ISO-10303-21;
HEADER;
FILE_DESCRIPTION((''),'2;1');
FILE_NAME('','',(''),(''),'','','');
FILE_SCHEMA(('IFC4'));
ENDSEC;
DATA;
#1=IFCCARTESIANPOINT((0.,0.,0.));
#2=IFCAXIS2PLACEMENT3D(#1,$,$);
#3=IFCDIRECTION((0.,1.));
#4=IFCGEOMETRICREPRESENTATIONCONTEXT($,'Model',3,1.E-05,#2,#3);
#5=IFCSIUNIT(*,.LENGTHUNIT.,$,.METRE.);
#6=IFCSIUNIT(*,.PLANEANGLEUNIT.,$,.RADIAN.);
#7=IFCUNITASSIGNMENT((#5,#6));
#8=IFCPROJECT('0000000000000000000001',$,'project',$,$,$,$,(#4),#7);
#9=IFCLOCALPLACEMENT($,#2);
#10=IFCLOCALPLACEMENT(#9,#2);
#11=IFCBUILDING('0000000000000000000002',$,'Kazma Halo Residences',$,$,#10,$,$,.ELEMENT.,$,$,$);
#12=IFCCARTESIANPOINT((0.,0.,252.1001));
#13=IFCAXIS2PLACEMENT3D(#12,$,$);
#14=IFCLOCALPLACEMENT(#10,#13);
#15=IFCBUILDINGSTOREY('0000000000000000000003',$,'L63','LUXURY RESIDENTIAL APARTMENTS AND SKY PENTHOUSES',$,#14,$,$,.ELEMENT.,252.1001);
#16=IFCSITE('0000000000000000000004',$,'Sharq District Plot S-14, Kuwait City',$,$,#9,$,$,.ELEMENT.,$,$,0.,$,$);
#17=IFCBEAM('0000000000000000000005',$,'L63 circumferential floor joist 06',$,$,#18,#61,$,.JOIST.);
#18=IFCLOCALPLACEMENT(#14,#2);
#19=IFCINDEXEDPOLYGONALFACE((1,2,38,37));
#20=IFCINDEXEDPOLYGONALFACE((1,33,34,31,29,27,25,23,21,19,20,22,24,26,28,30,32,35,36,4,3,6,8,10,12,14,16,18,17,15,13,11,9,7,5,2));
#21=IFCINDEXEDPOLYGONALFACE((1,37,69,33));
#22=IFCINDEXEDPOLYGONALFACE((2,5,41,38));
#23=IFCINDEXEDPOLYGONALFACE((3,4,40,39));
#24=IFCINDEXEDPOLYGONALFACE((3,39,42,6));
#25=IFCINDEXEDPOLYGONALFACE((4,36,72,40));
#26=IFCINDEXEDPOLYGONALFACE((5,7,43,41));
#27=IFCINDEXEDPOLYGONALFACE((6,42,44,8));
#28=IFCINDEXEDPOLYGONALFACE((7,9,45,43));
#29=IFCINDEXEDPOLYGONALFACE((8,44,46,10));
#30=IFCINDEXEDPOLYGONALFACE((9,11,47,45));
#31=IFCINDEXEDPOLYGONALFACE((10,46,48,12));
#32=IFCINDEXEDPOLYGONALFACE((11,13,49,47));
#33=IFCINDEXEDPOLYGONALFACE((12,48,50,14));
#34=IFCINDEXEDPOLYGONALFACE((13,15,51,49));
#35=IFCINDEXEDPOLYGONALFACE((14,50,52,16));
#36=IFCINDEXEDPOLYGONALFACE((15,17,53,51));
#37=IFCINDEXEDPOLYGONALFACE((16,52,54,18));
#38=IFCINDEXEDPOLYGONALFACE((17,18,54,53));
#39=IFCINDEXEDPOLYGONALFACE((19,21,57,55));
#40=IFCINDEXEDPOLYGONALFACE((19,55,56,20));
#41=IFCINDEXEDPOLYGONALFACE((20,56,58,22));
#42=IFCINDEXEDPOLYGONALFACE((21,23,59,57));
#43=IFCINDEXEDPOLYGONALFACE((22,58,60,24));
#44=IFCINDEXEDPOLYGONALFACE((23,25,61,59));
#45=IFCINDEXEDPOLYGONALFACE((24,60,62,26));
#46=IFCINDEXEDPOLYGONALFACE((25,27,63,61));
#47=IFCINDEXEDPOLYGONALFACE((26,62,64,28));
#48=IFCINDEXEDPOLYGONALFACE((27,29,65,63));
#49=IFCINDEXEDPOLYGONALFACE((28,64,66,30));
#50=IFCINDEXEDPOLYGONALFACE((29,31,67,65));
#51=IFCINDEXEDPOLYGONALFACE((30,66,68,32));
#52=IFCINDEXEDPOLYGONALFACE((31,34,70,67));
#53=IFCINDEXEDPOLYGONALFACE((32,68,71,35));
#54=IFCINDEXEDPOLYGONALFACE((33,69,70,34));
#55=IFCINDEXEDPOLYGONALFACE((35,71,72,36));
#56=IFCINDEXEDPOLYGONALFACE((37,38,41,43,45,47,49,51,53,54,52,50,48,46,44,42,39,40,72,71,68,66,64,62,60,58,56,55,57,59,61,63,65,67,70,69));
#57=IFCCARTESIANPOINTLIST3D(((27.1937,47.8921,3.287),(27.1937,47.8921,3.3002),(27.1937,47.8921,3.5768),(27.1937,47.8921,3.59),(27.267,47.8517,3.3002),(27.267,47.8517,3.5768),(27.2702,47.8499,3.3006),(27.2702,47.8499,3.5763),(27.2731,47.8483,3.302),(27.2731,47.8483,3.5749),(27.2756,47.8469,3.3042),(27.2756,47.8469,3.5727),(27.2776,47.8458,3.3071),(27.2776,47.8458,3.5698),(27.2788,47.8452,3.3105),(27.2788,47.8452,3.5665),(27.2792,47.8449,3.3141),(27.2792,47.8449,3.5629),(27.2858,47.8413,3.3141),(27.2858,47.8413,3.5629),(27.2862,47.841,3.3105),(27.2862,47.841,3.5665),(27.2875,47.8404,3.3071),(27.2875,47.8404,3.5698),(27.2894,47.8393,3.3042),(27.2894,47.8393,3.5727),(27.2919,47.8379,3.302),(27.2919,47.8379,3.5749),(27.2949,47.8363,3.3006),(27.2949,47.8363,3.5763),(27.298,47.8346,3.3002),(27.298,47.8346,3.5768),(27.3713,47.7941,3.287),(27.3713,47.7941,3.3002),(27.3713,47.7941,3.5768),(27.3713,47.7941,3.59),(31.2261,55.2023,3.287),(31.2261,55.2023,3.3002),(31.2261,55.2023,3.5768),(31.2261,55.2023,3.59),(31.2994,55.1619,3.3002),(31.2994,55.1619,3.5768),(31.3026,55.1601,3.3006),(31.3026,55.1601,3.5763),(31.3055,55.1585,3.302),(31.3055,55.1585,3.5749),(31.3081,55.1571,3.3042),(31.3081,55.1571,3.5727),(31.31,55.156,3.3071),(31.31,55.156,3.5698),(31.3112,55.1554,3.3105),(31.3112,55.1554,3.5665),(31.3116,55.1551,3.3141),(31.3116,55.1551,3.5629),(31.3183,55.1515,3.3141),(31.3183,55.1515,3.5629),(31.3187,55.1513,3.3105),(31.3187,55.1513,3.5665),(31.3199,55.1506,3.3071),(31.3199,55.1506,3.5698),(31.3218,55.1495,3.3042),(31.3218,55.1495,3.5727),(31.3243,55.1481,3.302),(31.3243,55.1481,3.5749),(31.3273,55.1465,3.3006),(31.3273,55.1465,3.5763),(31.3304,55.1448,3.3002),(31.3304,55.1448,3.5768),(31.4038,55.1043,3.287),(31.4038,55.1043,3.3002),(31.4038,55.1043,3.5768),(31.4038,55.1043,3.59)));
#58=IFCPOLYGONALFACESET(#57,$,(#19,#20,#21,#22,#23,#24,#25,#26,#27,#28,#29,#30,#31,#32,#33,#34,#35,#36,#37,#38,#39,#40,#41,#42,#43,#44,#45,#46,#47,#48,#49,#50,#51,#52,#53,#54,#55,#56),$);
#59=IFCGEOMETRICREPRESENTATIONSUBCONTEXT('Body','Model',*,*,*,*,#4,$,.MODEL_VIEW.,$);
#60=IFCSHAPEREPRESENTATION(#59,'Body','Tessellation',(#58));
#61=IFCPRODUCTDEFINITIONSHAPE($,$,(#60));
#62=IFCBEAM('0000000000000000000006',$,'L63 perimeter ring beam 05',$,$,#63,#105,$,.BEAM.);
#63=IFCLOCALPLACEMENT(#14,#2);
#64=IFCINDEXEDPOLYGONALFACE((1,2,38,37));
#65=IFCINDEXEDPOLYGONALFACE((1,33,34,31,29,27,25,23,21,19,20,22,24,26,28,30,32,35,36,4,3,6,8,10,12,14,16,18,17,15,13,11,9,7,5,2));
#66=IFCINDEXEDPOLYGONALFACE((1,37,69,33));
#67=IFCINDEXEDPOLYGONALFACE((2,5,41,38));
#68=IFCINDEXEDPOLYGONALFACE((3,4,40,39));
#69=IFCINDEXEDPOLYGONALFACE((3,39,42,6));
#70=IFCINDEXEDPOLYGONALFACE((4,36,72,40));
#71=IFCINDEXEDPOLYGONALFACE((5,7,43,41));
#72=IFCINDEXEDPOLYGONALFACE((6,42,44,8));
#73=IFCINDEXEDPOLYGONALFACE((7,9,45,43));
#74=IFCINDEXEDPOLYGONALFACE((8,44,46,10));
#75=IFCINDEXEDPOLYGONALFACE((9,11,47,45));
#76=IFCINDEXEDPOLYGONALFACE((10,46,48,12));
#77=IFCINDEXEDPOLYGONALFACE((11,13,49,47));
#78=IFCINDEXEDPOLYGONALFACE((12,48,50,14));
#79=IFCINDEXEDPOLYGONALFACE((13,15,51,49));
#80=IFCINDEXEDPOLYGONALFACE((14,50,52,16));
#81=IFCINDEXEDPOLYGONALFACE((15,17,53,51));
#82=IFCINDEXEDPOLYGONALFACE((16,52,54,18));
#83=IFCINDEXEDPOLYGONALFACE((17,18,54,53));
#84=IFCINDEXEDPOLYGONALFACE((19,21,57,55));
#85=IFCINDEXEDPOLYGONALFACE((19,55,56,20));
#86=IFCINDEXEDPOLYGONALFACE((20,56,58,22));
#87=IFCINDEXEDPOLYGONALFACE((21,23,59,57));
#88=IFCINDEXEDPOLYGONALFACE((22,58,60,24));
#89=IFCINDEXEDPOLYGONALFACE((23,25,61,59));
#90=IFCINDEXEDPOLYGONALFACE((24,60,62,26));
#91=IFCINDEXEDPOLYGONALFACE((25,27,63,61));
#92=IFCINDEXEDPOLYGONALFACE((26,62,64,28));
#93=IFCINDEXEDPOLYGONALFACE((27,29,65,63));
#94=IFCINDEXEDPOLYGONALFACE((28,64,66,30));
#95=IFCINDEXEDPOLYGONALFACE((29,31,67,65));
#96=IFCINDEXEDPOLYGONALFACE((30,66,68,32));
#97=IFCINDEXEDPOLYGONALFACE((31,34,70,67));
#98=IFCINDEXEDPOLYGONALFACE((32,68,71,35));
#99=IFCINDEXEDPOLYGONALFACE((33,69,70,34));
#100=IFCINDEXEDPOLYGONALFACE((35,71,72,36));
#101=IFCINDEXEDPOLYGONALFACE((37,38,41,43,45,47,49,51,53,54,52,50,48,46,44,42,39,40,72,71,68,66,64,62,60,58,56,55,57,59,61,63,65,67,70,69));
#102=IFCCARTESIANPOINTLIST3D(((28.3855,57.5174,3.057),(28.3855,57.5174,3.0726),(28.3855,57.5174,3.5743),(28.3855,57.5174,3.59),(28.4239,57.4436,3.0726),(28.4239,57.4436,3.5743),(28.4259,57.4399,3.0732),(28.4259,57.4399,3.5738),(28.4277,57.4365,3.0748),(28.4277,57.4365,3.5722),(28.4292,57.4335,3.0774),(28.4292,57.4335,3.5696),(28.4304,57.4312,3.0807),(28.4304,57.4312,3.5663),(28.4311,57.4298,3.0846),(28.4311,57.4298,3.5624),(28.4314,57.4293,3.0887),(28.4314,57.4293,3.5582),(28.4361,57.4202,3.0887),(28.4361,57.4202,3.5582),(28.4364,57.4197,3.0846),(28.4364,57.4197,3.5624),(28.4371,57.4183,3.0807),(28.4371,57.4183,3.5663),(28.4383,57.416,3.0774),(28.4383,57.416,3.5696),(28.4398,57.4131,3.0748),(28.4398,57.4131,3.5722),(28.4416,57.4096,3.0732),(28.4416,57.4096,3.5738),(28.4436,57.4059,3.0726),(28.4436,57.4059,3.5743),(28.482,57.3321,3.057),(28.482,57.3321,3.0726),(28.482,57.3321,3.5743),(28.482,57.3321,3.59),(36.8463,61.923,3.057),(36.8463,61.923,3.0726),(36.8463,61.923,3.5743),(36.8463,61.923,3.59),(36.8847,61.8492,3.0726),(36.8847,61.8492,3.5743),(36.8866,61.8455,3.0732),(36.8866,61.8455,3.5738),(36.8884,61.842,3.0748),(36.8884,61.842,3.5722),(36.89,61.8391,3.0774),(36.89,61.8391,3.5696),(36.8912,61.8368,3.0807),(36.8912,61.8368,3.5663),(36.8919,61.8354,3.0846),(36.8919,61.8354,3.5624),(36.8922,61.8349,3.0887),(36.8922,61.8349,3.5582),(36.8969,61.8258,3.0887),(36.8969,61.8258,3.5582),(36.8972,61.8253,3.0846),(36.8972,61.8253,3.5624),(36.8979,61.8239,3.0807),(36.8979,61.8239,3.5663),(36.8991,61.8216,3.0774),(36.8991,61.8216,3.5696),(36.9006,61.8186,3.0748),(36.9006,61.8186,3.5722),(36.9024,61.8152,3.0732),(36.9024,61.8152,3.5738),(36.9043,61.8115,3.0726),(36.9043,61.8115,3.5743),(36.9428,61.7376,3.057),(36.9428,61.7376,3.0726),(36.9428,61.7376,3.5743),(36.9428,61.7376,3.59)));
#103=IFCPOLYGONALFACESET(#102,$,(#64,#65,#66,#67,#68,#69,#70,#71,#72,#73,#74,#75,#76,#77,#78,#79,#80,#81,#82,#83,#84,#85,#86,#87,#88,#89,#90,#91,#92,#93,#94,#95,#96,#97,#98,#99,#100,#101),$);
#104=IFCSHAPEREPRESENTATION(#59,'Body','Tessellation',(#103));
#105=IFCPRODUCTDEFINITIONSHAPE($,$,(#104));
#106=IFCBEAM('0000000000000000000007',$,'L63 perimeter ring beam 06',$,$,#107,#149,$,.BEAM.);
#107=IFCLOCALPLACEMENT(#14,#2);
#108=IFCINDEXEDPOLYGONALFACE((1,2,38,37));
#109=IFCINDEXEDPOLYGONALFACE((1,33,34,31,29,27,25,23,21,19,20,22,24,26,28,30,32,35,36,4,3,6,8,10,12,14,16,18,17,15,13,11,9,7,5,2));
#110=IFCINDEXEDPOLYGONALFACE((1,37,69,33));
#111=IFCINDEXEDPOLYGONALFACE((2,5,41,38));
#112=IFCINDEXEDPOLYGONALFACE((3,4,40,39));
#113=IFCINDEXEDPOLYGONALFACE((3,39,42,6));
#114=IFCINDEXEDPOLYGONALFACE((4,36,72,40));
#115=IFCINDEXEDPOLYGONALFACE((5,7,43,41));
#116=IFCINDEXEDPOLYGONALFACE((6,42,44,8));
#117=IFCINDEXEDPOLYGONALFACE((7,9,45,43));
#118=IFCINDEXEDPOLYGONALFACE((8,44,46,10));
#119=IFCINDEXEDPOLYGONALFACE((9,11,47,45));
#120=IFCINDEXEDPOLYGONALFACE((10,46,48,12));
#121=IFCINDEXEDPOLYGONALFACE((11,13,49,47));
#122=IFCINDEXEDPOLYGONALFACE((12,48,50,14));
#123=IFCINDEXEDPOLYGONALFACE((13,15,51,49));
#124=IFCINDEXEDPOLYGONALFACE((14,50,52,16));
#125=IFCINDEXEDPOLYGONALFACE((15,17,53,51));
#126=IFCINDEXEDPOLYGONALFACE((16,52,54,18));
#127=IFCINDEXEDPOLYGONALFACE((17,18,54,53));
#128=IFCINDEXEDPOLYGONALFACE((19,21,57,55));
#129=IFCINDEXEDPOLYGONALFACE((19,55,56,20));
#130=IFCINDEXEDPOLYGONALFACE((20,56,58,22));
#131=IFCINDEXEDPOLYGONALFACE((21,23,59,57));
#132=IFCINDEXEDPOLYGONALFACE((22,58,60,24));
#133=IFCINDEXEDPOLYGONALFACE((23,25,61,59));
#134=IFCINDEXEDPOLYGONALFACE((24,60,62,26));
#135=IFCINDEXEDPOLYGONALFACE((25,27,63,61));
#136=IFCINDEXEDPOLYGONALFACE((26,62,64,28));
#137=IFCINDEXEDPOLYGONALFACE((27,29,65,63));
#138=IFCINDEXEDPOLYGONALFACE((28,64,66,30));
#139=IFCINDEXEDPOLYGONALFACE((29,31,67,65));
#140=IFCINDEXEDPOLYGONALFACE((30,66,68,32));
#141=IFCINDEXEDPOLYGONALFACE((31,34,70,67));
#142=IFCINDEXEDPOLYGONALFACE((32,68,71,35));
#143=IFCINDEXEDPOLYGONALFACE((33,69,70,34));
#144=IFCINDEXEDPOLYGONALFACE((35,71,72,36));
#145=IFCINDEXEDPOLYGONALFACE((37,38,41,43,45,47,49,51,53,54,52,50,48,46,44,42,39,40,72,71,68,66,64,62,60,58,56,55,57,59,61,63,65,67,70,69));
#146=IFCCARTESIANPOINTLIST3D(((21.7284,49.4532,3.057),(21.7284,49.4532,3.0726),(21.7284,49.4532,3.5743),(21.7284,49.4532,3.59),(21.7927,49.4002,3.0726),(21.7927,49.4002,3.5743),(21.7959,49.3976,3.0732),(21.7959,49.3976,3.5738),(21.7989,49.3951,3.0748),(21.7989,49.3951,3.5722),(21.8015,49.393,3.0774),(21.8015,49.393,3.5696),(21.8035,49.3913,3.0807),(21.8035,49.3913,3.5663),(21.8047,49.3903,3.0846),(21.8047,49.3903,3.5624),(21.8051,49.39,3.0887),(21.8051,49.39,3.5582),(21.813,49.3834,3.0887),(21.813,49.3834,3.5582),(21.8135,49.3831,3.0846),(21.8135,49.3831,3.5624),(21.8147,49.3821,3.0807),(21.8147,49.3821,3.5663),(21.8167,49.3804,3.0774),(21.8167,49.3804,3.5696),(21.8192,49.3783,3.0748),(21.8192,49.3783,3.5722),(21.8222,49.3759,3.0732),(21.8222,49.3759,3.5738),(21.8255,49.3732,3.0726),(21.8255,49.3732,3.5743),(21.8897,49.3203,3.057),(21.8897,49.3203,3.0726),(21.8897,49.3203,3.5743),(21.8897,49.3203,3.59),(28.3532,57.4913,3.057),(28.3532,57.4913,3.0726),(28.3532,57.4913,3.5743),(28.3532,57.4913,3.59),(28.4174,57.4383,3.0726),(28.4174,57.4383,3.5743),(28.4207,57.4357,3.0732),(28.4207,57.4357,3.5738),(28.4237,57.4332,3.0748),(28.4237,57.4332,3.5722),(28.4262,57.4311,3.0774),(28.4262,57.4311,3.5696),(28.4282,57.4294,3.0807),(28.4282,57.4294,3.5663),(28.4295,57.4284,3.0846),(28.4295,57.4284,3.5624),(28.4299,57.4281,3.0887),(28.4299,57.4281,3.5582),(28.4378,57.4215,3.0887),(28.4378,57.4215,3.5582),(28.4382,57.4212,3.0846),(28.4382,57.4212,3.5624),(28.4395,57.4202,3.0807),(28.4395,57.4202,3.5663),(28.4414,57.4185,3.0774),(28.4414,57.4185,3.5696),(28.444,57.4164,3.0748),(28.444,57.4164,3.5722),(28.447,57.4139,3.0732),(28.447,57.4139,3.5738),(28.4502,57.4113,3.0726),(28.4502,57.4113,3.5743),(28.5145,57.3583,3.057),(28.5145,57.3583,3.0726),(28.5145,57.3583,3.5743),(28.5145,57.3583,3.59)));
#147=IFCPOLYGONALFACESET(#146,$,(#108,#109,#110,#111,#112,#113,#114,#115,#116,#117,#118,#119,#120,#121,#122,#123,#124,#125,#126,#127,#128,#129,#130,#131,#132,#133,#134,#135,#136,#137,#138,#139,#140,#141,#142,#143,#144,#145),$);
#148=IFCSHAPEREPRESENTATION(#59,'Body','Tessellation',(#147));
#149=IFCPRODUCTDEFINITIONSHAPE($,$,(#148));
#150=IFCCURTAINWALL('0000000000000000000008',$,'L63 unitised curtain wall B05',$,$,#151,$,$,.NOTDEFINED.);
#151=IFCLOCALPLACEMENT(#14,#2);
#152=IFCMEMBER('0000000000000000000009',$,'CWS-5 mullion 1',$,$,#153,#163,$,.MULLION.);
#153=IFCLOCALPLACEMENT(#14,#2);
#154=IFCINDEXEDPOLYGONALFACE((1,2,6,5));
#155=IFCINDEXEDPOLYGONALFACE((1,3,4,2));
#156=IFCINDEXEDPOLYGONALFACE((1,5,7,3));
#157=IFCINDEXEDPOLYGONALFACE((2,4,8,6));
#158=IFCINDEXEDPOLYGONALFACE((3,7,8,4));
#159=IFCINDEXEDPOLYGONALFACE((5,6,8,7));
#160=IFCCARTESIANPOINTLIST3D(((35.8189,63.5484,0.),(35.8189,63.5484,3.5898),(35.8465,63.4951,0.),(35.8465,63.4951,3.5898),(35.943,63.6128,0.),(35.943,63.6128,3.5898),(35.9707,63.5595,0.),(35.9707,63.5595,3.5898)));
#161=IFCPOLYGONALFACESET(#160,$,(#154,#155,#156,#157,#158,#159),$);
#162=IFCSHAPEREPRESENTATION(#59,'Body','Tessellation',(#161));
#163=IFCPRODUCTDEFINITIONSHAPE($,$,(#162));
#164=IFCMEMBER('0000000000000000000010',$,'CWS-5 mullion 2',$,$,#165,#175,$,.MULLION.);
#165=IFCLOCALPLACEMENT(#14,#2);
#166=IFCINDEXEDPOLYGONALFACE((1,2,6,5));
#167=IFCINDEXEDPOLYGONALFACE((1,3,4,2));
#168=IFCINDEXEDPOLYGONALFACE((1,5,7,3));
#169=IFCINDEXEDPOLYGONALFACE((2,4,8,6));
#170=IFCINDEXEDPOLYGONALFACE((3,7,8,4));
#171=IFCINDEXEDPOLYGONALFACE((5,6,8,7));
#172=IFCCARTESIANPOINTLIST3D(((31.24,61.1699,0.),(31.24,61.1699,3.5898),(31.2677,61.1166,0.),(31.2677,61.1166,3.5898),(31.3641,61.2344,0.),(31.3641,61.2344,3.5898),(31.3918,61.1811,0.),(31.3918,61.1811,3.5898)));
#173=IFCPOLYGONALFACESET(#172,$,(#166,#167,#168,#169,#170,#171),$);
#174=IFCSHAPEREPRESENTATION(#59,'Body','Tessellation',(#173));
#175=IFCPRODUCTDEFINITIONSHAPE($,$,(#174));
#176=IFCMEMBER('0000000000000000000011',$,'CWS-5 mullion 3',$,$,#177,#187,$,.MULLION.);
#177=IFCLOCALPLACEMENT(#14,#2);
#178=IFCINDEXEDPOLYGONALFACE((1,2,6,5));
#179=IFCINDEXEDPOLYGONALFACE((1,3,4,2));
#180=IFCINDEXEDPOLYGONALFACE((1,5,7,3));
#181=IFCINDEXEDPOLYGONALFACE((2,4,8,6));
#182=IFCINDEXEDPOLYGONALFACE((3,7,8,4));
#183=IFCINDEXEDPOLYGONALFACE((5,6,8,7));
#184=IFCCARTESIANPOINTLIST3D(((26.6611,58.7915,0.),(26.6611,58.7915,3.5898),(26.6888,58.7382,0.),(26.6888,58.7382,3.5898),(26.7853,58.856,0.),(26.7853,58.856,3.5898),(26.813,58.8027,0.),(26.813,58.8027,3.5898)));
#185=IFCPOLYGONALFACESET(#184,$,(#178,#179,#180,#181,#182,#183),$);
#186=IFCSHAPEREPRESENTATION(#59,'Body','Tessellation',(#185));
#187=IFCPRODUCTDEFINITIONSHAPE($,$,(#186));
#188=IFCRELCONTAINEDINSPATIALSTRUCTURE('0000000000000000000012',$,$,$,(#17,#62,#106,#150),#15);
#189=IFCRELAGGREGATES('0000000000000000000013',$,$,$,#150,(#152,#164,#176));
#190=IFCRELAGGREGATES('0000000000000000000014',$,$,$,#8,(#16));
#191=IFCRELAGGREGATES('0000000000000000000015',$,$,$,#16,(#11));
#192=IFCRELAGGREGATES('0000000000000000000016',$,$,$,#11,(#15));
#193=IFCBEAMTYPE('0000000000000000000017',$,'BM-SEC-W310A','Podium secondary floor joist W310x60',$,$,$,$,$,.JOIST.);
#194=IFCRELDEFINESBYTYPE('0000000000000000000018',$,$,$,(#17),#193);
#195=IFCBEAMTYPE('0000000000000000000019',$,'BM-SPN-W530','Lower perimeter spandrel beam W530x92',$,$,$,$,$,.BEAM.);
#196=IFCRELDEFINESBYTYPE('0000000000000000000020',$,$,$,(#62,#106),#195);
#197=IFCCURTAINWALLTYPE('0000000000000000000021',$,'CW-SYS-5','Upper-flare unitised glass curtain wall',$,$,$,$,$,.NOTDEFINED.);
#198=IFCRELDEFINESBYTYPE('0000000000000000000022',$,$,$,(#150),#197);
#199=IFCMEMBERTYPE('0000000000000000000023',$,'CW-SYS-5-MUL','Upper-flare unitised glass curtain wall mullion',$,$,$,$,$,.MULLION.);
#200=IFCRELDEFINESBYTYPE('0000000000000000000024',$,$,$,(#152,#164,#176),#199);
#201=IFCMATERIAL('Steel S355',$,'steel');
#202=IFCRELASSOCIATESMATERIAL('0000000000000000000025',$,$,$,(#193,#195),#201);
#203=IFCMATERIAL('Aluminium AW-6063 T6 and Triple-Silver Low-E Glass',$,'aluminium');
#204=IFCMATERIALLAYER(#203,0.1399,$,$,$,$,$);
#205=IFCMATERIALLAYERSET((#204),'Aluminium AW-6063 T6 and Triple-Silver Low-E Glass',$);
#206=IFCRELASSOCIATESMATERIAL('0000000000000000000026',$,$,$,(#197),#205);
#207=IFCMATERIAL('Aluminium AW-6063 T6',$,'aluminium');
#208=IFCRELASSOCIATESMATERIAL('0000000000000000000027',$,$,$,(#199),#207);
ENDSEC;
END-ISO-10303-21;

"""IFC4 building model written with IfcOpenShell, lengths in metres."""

from ifc_helpers import new_model, si_unit, direction, frame, origin, origin_2d, place, context, subcontext, project, spatial, rectangle, i_section, extrude, material, layer, layer_set, material_profile, profile_set, type_object, element, aggregate, save


model = new_model("IFC4")

# Units and contexts
model_context = context("Model", 3, precision=1e-05, world=origin(), true_north=direction((0.0, 1.0)))
body_context = subcontext(model_context, "Body", "Model", "MODEL_VIEW")
ifc_project = project(units=[si_unit("LENGTHUNIT", "METRE"), si_unit("PLANEANGLEUNIT", "RADIAN")], contexts=[model_context])

# Site, building, storey
site_placement = place(None, origin())
site = spatial("IfcSite", under=ifc_project, at=site_placement, Name="Sharq District Plot S-14, Kuwait City", CompositionType="ELEMENT", RefElevation=0.0)
building_placement = place(site_placement, origin())
building = spatial("IfcBuilding", under=site, at=building_placement, Name="Kazma Halo Residences", CompositionType="ELEMENT")
storey_placement = place(building_placement, frame((0.0, 0.0, 252.1001)))
storey = spatial("IfcBuildingStorey", under=building, at=storey_placement, Name="L63", Description="LUXURY RESIDENTIAL APARTMENTS AND SKY PENTHOUSES", CompositionType="ELEMENT", Elevation=252.1001)

# Beams
ifc_material_1 = material(Name="Steel S355", Category="steel")
ifc_material_profile_1 = material_profile(ifc_material_1, i_section(OverallWidth=0.2029, OverallDepth=0.303, WebThickness=0.0076, FlangeThickness=0.0132, FilletRadius=0.0139, at=origin_2d()), Name="W310x60")
ifc_profile_set_1 = profile_set([ifc_material_profile_1], Name="Steel S355")
beam_type_1 = type_object("IfcBeamType", Name="BM-SEC-W310A", Description="Podium secondary floor joist W310x60", PredefinedType="JOIST", material=ifc_profile_set_1)
beam_1_placement = place(storey_placement, frame((31.3149, 55.1533, 3.4385), z_axis=(-0.483004, -0.875618, 0.0), x_axis=(0.875618, -0.483004, 0.0)))
element("IfcBeam", 1, at=beam_1_placement, inside=storey, type_object=beam_type_1, Name="L63 circumferential floor joist 06", PredefinedType="JOIST", context=body_context, shape_type="SweptSolid", body=[
    extrude(i_section(OverallWidth=0.2029, OverallDepth=0.303, WebThickness=0.0076, FlangeThickness=0.0132, FilletRadius=0.0139, at=origin_2d()), origin(), (0.0, 0.0, 1.0), 8.3486),
])
ifc_material_profile_2 = material_profile(ifc_material_1, i_section(OverallWidth=0.209, OverallDepth=0.533, WebThickness=0.0103, FlangeThickness=0.0156, FilletRadius=0.0161, at=origin_2d()), Name="W530x92")
ifc_profile_set_2 = profile_set([ifc_material_profile_2], Name="Steel S355")
beam_type_2 = type_object("IfcBeamType", Name="BM-SPN-W530", Description="Lower perimeter spandrel beam W530x92", PredefinedType="BEAM", material=ifc_profile_set_2)
beam_2_placement = place(storey_placement, frame((36.8945, 61.8303, 3.3235), z_axis=(-0.886961, -0.461844, 0.0), x_axis=(0.461844, -0.886961, 0.0)))
element("IfcBeam", 2, at=beam_2_placement, inside=storey, type_object=beam_type_2, Name="L63 perimeter ring beam 05", PredefinedType="BEAM", context=body_context, shape_type="SweptSolid", body=[
    extrude(i_section(OverallWidth=0.209, OverallDepth=0.533, WebThickness=0.0103, FlangeThickness=0.0156, FilletRadius=0.0161, at=origin_2d()), origin(), (0.0, 0.0, 1.0), 9.5391),
])
beam_3_placement = place(storey_placement, frame((28.4338, 57.4248, 3.3235), z_axis=(-0.636002, -0.771687, 0.0), x_axis=(0.771687, -0.636002, 0.0)))
element("IfcBeam", 3, at=beam_3_placement, inside=storey, type_object=beam_type_2, Name="L63 perimeter ring beam 06", PredefinedType="BEAM", context=body_context, shape_type="SweptSolid", body=[
    extrude(i_section(OverallWidth=0.209, OverallDepth=0.533, WebThickness=0.0103, FlangeThickness=0.0156, FilletRadius=0.0161, at=origin_2d()), origin(), (0.0, 0.0, 1.0), 10.4163),
])

# Curtain wall, members
ifc_material_2 = material(Name="Aluminium AW-6063 T6 and Triple-Silver Low-E Glass", Category="aluminium")
ifc_layer_1 = layer(ifc_material_2, 0.1399)
ifc_layer_set_1 = layer_set([ifc_layer_1], Name="Aluminium AW-6063 T6 and Triple-Silver Low-E Glass")
curtain_wall_type = type_object("IfcCurtainWallType", Name="CW-SYS-5", Description="Upper-flare unitised glass curtain wall", PredefinedType="NOTDEFINED", material=ifc_layer_set_1)
curtain_wall_placement = place(storey_placement, origin())
curtain_wall = element("IfcCurtainWall", 4, at=curtain_wall_placement, inside=storey, type_object=curtain_wall_type, Name="L63 unitised curtain wall B05", PredefinedType="NOTDEFINED")
ifc_material_3 = material(Name="Aluminium AW-6063 T6", Category="aluminium")
ifc_material_profile_3 = material_profile(ifc_material_3, rectangle(XDim=0.0601, YDim=0.1399, at=origin_2d()), Name="CWM-60x140")
ifc_profile_set_3 = profile_set([ifc_material_profile_3], Name="Aluminium AW-6063 T6")
member_type_1 = type_object("IfcMemberType", Name="CW-SYS-5-MUL", Description="Upper-flare unitised glass curtain wall mullion", PredefinedType="MULLION", material=ifc_profile_set_3)
member_1_placement = place(storey_placement, frame((35.8948, 63.554, 0.0), z_axis=(0.0, 0.0, 1.0), x_axis=(0.460961, -0.887421, 0.0)))
member_1 = element("IfcMember", 5, at=member_1_placement, type_object=member_type_1, Name="CWS-5 mullion 1", PredefinedType="MULLION", context=body_context, shape_type="SweptSolid", body=[
    extrude(rectangle(XDim=0.0601, YDim=0.1399, at=origin_2d()), origin(), (0.0, 0.0, 1.0), 3.5898),
])
member_2_placement = place(storey_placement, frame((31.3159, 61.1755, 0.0), z_axis=(0.0, 0.0, 1.0), x_axis=(0.460961, -0.887421, 0.0)))
member_2 = element("IfcMember", 6, at=member_2_placement, type_object=member_type_1, Name="CWS-5 mullion 2", PredefinedType="MULLION", context=body_context, shape_type="SweptSolid", body=[
    extrude(rectangle(XDim=0.0601, YDim=0.1399, at=origin_2d()), origin(), (0.0, 0.0, 1.0), 3.5898),
])
member_3_placement = place(storey_placement, frame((26.7371, 58.7971, 0.0), z_axis=(0.0, 0.0, 1.0), x_axis=(0.460961, -0.887421, 0.0)))
member_3 = element("IfcMember", 7, at=member_3_placement, type_object=member_type_1, Name="CWS-5 mullion 3", PredefinedType="MULLION", context=body_context, shape_type="SweptSolid", body=[
    extrude(rectangle(XDim=0.0601, YDim=0.1399, at=origin_2d()), origin(), (0.0, 0.0, 1.0), 3.5898),
])
aggregate(curtain_wall, [member_1, member_2, member_3])

save(model, "model.ifc")
